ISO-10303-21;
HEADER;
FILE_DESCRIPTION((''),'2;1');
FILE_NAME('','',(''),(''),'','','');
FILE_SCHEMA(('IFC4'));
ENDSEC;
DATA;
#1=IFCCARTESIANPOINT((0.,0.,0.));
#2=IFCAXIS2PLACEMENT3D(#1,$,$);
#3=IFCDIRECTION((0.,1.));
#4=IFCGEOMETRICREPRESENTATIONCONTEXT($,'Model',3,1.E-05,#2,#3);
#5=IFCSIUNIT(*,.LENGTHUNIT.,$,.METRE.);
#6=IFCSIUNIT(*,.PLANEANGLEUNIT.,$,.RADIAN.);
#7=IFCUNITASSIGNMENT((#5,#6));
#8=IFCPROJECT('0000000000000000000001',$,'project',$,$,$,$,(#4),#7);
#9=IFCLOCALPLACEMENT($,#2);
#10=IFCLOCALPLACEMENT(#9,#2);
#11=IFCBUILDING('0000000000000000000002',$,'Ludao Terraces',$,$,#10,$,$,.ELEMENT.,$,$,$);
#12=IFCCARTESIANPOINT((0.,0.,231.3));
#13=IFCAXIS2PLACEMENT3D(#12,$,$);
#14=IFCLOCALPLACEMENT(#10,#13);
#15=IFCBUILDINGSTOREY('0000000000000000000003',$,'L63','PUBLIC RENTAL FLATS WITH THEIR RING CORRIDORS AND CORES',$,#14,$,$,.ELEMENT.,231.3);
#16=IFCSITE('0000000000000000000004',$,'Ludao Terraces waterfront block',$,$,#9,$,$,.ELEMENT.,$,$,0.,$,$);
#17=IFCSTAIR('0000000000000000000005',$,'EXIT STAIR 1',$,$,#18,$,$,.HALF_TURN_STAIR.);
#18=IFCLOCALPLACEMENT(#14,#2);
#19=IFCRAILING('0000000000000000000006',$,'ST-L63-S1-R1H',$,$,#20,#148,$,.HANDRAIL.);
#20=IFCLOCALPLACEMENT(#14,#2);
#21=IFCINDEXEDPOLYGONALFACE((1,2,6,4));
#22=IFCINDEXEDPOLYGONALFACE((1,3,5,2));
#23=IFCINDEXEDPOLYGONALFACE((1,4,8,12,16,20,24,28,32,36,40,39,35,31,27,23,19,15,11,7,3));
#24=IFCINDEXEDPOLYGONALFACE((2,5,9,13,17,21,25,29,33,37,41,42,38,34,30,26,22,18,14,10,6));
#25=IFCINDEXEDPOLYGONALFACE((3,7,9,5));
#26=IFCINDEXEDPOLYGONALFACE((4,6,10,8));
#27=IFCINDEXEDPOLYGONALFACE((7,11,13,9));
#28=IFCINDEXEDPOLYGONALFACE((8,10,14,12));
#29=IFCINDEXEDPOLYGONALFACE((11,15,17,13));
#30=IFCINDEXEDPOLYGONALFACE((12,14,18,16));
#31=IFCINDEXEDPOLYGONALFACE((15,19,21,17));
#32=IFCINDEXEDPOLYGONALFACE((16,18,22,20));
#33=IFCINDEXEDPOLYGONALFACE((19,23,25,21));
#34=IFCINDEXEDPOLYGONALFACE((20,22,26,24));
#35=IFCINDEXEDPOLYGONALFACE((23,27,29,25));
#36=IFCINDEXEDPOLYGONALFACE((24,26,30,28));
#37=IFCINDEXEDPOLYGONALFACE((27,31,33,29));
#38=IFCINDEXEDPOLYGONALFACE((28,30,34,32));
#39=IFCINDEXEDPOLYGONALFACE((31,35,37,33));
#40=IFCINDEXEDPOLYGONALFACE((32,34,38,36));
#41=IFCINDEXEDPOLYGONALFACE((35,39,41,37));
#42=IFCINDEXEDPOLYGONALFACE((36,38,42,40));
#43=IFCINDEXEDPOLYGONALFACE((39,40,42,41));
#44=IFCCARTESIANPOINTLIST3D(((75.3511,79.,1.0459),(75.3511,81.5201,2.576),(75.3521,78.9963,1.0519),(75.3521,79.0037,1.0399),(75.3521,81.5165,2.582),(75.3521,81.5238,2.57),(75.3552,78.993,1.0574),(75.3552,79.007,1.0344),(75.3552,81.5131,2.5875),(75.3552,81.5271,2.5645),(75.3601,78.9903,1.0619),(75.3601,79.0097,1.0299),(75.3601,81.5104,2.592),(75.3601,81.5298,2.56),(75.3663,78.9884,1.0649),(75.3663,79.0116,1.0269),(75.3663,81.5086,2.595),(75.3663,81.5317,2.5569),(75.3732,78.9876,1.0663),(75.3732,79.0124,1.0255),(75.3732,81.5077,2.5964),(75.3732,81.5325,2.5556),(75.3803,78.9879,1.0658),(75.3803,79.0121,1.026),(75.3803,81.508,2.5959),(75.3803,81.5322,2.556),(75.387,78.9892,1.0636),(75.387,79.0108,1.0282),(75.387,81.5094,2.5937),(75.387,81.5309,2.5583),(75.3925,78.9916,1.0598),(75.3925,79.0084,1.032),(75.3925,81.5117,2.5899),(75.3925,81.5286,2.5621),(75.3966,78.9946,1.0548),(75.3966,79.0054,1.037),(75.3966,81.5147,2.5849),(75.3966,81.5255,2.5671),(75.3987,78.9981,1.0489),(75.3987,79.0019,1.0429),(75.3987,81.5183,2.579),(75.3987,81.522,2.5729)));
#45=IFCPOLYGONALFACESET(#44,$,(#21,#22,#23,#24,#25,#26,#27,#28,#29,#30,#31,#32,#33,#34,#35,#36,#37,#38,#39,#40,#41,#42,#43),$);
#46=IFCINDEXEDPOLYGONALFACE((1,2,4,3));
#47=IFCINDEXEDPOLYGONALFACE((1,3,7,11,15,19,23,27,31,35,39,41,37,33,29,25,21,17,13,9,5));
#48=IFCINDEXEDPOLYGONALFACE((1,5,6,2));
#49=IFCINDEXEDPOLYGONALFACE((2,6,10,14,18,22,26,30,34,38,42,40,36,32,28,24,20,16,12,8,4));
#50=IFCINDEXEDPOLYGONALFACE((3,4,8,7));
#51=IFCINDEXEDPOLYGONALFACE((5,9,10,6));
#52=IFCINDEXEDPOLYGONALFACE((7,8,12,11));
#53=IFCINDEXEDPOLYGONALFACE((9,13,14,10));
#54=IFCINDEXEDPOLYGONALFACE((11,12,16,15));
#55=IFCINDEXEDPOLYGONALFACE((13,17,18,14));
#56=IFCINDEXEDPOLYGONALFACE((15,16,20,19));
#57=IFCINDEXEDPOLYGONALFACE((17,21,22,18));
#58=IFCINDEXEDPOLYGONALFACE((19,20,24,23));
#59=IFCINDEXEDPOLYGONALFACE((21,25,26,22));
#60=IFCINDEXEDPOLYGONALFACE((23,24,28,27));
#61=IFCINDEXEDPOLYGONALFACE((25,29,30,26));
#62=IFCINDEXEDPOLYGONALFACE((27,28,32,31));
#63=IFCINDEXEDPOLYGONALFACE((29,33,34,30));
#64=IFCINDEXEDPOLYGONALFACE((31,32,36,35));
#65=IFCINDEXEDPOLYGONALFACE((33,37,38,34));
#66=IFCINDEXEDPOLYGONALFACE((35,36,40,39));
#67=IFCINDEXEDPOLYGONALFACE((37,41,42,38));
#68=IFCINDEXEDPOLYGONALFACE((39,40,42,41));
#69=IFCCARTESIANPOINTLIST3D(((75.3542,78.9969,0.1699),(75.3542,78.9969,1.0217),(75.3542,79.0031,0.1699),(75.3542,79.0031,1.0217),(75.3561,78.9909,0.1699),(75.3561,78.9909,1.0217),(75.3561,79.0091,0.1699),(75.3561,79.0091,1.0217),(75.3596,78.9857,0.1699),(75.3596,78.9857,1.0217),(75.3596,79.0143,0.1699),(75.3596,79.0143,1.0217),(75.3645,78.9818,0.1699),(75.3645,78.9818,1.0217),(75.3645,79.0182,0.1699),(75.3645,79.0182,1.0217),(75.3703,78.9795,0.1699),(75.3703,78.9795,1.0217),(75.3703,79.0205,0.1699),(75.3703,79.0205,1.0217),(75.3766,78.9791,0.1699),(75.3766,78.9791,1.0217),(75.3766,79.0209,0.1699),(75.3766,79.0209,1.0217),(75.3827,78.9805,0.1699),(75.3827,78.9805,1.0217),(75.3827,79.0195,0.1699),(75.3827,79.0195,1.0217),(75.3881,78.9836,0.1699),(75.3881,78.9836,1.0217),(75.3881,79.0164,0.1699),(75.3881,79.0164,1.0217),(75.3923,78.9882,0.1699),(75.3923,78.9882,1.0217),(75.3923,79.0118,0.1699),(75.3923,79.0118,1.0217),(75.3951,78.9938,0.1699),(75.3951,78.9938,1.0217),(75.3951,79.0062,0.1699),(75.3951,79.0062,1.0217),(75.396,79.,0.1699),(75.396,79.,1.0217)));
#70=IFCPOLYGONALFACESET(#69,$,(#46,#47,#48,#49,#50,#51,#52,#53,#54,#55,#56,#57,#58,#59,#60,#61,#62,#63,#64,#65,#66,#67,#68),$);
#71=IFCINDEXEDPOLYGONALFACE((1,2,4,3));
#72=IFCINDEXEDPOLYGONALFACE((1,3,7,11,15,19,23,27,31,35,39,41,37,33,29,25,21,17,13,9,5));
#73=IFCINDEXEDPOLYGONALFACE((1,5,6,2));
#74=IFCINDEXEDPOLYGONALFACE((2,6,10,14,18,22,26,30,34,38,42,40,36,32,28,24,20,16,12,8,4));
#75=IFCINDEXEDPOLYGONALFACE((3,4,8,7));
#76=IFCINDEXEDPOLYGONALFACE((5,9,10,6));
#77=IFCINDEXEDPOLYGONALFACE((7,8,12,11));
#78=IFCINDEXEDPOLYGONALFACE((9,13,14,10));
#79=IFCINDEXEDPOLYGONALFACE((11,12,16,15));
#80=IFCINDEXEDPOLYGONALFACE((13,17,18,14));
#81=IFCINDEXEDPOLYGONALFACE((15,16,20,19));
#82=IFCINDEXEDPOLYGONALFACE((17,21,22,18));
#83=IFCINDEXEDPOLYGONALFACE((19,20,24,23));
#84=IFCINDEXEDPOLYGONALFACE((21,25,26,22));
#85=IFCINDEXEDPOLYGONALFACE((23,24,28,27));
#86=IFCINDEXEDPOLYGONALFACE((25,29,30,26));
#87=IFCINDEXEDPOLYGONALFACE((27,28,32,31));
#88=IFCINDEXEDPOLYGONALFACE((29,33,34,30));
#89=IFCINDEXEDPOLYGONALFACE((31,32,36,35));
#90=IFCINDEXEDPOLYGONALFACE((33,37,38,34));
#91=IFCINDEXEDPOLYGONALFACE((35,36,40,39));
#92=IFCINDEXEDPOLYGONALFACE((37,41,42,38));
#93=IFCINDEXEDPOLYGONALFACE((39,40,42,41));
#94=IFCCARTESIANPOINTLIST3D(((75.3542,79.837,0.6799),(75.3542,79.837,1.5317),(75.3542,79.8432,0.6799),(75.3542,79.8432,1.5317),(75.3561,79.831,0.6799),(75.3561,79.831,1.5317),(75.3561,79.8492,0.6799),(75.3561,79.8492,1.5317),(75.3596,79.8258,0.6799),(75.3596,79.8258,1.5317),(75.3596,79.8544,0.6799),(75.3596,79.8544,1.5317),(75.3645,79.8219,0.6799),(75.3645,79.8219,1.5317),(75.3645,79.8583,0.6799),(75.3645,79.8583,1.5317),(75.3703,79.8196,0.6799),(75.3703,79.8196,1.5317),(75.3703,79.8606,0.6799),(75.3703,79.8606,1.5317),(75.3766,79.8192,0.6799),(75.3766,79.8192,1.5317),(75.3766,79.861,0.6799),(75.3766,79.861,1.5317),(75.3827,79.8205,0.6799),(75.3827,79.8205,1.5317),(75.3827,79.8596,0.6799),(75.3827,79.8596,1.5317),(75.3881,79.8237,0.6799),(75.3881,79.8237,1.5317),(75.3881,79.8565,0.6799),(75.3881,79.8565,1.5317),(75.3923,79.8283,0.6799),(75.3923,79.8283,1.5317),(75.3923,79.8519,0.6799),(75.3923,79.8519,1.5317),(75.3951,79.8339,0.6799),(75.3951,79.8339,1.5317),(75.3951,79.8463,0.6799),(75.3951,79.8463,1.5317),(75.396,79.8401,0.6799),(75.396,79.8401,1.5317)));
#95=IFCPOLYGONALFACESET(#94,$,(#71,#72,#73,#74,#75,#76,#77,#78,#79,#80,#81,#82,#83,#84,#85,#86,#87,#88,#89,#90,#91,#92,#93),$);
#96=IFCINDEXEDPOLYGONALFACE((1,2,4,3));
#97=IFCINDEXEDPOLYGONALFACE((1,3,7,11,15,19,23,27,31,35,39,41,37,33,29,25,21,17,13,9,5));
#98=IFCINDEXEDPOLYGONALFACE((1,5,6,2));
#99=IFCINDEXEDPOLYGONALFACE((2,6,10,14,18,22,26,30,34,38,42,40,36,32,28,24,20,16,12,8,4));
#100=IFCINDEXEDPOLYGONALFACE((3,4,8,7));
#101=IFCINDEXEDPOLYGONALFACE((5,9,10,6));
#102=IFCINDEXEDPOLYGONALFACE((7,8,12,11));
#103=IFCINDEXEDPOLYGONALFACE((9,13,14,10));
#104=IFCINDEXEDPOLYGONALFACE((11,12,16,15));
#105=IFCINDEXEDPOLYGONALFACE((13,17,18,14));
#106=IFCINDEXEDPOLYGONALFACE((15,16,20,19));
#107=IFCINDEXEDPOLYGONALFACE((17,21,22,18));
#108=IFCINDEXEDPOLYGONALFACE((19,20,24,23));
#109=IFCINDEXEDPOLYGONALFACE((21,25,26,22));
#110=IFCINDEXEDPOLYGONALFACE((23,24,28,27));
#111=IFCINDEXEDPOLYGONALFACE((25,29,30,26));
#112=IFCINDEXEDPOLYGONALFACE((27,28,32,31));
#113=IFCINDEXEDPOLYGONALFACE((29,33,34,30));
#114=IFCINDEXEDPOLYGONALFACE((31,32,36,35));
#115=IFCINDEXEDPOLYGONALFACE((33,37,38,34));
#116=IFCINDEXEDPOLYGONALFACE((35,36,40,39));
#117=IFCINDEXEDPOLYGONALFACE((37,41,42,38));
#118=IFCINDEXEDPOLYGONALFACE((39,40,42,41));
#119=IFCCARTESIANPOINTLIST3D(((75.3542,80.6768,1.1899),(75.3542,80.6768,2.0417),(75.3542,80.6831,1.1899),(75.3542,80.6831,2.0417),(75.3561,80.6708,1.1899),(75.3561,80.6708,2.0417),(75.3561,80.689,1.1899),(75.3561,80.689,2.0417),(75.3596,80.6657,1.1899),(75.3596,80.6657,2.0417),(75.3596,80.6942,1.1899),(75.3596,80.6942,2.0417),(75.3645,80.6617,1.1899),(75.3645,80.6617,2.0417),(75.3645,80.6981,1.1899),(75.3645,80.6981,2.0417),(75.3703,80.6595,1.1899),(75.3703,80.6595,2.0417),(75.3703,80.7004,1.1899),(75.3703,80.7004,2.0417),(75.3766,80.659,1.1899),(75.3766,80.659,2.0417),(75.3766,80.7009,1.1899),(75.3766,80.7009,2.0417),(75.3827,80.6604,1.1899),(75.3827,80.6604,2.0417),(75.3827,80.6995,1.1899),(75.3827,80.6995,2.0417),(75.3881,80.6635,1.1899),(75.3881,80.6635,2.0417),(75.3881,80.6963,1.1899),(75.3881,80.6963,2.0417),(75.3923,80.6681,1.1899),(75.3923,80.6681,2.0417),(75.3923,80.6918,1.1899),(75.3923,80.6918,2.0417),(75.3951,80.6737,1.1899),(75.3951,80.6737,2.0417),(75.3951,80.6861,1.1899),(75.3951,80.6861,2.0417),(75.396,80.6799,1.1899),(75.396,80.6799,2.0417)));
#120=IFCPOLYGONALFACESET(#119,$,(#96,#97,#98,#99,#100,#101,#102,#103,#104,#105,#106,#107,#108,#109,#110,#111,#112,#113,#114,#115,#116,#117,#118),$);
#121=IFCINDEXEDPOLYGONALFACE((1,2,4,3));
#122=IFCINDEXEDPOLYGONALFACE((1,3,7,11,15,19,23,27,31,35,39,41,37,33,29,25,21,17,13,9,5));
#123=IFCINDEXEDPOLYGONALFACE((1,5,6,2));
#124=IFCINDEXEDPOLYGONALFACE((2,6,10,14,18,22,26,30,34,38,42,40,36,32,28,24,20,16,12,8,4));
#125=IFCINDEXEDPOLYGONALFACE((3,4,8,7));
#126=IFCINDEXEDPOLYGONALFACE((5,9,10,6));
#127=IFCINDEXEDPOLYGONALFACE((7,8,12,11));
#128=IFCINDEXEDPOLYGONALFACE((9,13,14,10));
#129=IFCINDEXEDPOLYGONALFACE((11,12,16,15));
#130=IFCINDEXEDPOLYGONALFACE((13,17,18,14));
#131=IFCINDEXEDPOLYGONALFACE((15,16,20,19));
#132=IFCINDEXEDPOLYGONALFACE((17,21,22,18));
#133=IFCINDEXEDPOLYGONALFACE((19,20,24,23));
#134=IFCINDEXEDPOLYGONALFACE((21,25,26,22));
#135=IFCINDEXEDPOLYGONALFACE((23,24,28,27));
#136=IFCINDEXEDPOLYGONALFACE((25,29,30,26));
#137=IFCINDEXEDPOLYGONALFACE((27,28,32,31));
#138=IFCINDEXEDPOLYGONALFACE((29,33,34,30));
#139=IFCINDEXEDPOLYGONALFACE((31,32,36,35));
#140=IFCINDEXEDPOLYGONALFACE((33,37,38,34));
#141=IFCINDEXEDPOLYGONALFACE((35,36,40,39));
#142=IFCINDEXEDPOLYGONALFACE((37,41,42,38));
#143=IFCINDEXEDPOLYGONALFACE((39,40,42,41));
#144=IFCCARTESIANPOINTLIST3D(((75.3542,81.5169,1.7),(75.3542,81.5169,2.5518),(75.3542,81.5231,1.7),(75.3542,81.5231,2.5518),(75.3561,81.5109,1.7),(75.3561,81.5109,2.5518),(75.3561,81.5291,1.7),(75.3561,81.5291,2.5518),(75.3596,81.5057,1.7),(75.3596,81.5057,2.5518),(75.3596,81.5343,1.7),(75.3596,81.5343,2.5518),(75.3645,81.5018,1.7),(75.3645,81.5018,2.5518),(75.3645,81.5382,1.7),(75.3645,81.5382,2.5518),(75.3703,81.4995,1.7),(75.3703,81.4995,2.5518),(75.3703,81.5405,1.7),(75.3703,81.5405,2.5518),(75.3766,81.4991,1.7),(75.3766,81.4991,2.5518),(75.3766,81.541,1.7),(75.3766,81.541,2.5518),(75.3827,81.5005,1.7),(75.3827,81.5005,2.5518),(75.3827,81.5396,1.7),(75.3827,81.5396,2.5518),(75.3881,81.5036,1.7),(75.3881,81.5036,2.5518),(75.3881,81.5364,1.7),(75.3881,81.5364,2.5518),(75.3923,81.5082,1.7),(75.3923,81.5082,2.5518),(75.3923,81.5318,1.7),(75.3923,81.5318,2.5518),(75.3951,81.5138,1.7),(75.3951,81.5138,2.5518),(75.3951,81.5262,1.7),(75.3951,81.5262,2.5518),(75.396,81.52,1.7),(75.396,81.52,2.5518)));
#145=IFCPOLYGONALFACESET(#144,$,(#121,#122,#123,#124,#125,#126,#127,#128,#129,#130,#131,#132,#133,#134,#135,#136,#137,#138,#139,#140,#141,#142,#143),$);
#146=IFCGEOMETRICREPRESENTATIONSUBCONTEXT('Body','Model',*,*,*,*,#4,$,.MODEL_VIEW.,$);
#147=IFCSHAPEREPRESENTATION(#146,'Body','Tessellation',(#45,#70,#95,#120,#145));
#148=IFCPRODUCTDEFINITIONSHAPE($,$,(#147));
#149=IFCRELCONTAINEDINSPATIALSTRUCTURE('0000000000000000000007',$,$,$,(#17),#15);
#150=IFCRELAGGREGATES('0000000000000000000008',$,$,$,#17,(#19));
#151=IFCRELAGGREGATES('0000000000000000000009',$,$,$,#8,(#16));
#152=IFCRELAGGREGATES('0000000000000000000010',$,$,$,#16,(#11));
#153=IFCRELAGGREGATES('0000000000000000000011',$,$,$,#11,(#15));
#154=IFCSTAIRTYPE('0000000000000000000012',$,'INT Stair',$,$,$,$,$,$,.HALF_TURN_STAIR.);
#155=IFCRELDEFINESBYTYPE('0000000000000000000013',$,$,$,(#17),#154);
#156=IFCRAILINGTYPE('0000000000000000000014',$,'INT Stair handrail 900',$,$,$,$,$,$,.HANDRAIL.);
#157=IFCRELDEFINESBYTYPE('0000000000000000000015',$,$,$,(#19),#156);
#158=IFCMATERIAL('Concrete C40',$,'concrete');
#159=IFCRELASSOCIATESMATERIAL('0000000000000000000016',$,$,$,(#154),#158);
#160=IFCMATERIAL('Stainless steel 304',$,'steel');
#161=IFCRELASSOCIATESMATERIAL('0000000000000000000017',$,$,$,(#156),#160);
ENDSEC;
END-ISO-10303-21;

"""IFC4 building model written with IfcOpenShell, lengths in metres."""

from ifc_helpers import new_model, si_unit, direction, frame, origin, origin_2d, place, context, subcontext, project, spatial, circle, extrude, material, type_object, element, aggregate, save


model = new_model("IFC4")

# Units and contexts
model_context = context("Model", 3, precision=1e-05, world=origin(), true_north=direction((0.0, 1.0)))
body_context = subcontext(model_context, "Body", "Model", "MODEL_VIEW")
ifc_project = project(units=[si_unit("LENGTHUNIT", "METRE"), si_unit("PLANEANGLEUNIT", "RADIAN")], contexts=[model_context])

# Site, building, storey
site_placement = place(None, origin())
site = spatial("IfcSite", under=ifc_project, at=site_placement, Name="Ludao Terraces waterfront block", CompositionType="ELEMENT", RefElevation=0.0)
building_placement = place(site_placement, origin())
building = spatial("IfcBuilding", under=site, at=building_placement, Name="Ludao Terraces", CompositionType="ELEMENT")
storey_placement = place(building_placement, frame((0.0, 0.0, 231.3)))
storey = spatial("IfcBuildingStorey", under=building, at=storey_placement, Name="L63", Description="PUBLIC RENTAL FLATS WITH THEIR RING CORRIDORS AND CORES", CompositionType="ELEMENT", Elevation=231.3)

# Shared definitions
ifc_material_1 = material(Name="Concrete C40", Category="concrete")

# Stair, railing
stair_type = type_object("IfcStairType", Name="INT Stair", PredefinedType="HALF_TURN_STAIR", material=ifc_material_1)
stair_placement = place(storey_placement, origin())
stair = element("IfcStair", 1, at=stair_placement, inside=storey, type_object=stair_type, Name="EXIT STAIR 1", PredefinedType="HALF_TURN_STAIR")
ifc_material_2 = material(Name="Stainless steel 304", Category="steel")
railing_type_1 = type_object("IfcRailingType", Name="INT Stair handrail 900", PredefinedType="HANDRAIL", material=ifc_material_2)
railing_1_placement = place(storey_placement, frame((75.375, 79.0, 0.1699)))
railing_1 = element("IfcRailing", 2, at=railing_1_placement, type_object=railing_type_1, Name="ST-L63-S1-R1H", PredefinedType="HANDRAIL", context=body_context, shape_type="SweptSolid", body=[
    extrude(circle(Radius=0.0239, at=origin_2d()), frame((0.0, 0.0, 0.876), z_axis=(0.0, 0.854785, 0.518982), x_axis=(-1.0, 0.0, 0.0)), (0.0, 0.0, 1.0), 2.9482),
    extrude(circle(Radius=0.021, at=origin_2d()), origin(), (0.0, 0.0, 1.0), 0.8518),
    extrude(circle(Radius=0.021, at=origin_2d()), frame((0.0, 0.8401, 0.51)), (0.0, 0.0, 1.0), 0.8518),
    extrude(circle(Radius=0.021, at=origin_2d()), frame((0.0, 1.6799, 1.02)), (0.0, 0.0, 1.0), 0.8518),
    extrude(circle(Radius=0.021, at=origin_2d()), frame((0.0, 2.52, 1.53)), (0.0, 0.0, 1.0), 0.8518),
])
aggregate(stair, [railing_1])

save(model, "model.ifc")
